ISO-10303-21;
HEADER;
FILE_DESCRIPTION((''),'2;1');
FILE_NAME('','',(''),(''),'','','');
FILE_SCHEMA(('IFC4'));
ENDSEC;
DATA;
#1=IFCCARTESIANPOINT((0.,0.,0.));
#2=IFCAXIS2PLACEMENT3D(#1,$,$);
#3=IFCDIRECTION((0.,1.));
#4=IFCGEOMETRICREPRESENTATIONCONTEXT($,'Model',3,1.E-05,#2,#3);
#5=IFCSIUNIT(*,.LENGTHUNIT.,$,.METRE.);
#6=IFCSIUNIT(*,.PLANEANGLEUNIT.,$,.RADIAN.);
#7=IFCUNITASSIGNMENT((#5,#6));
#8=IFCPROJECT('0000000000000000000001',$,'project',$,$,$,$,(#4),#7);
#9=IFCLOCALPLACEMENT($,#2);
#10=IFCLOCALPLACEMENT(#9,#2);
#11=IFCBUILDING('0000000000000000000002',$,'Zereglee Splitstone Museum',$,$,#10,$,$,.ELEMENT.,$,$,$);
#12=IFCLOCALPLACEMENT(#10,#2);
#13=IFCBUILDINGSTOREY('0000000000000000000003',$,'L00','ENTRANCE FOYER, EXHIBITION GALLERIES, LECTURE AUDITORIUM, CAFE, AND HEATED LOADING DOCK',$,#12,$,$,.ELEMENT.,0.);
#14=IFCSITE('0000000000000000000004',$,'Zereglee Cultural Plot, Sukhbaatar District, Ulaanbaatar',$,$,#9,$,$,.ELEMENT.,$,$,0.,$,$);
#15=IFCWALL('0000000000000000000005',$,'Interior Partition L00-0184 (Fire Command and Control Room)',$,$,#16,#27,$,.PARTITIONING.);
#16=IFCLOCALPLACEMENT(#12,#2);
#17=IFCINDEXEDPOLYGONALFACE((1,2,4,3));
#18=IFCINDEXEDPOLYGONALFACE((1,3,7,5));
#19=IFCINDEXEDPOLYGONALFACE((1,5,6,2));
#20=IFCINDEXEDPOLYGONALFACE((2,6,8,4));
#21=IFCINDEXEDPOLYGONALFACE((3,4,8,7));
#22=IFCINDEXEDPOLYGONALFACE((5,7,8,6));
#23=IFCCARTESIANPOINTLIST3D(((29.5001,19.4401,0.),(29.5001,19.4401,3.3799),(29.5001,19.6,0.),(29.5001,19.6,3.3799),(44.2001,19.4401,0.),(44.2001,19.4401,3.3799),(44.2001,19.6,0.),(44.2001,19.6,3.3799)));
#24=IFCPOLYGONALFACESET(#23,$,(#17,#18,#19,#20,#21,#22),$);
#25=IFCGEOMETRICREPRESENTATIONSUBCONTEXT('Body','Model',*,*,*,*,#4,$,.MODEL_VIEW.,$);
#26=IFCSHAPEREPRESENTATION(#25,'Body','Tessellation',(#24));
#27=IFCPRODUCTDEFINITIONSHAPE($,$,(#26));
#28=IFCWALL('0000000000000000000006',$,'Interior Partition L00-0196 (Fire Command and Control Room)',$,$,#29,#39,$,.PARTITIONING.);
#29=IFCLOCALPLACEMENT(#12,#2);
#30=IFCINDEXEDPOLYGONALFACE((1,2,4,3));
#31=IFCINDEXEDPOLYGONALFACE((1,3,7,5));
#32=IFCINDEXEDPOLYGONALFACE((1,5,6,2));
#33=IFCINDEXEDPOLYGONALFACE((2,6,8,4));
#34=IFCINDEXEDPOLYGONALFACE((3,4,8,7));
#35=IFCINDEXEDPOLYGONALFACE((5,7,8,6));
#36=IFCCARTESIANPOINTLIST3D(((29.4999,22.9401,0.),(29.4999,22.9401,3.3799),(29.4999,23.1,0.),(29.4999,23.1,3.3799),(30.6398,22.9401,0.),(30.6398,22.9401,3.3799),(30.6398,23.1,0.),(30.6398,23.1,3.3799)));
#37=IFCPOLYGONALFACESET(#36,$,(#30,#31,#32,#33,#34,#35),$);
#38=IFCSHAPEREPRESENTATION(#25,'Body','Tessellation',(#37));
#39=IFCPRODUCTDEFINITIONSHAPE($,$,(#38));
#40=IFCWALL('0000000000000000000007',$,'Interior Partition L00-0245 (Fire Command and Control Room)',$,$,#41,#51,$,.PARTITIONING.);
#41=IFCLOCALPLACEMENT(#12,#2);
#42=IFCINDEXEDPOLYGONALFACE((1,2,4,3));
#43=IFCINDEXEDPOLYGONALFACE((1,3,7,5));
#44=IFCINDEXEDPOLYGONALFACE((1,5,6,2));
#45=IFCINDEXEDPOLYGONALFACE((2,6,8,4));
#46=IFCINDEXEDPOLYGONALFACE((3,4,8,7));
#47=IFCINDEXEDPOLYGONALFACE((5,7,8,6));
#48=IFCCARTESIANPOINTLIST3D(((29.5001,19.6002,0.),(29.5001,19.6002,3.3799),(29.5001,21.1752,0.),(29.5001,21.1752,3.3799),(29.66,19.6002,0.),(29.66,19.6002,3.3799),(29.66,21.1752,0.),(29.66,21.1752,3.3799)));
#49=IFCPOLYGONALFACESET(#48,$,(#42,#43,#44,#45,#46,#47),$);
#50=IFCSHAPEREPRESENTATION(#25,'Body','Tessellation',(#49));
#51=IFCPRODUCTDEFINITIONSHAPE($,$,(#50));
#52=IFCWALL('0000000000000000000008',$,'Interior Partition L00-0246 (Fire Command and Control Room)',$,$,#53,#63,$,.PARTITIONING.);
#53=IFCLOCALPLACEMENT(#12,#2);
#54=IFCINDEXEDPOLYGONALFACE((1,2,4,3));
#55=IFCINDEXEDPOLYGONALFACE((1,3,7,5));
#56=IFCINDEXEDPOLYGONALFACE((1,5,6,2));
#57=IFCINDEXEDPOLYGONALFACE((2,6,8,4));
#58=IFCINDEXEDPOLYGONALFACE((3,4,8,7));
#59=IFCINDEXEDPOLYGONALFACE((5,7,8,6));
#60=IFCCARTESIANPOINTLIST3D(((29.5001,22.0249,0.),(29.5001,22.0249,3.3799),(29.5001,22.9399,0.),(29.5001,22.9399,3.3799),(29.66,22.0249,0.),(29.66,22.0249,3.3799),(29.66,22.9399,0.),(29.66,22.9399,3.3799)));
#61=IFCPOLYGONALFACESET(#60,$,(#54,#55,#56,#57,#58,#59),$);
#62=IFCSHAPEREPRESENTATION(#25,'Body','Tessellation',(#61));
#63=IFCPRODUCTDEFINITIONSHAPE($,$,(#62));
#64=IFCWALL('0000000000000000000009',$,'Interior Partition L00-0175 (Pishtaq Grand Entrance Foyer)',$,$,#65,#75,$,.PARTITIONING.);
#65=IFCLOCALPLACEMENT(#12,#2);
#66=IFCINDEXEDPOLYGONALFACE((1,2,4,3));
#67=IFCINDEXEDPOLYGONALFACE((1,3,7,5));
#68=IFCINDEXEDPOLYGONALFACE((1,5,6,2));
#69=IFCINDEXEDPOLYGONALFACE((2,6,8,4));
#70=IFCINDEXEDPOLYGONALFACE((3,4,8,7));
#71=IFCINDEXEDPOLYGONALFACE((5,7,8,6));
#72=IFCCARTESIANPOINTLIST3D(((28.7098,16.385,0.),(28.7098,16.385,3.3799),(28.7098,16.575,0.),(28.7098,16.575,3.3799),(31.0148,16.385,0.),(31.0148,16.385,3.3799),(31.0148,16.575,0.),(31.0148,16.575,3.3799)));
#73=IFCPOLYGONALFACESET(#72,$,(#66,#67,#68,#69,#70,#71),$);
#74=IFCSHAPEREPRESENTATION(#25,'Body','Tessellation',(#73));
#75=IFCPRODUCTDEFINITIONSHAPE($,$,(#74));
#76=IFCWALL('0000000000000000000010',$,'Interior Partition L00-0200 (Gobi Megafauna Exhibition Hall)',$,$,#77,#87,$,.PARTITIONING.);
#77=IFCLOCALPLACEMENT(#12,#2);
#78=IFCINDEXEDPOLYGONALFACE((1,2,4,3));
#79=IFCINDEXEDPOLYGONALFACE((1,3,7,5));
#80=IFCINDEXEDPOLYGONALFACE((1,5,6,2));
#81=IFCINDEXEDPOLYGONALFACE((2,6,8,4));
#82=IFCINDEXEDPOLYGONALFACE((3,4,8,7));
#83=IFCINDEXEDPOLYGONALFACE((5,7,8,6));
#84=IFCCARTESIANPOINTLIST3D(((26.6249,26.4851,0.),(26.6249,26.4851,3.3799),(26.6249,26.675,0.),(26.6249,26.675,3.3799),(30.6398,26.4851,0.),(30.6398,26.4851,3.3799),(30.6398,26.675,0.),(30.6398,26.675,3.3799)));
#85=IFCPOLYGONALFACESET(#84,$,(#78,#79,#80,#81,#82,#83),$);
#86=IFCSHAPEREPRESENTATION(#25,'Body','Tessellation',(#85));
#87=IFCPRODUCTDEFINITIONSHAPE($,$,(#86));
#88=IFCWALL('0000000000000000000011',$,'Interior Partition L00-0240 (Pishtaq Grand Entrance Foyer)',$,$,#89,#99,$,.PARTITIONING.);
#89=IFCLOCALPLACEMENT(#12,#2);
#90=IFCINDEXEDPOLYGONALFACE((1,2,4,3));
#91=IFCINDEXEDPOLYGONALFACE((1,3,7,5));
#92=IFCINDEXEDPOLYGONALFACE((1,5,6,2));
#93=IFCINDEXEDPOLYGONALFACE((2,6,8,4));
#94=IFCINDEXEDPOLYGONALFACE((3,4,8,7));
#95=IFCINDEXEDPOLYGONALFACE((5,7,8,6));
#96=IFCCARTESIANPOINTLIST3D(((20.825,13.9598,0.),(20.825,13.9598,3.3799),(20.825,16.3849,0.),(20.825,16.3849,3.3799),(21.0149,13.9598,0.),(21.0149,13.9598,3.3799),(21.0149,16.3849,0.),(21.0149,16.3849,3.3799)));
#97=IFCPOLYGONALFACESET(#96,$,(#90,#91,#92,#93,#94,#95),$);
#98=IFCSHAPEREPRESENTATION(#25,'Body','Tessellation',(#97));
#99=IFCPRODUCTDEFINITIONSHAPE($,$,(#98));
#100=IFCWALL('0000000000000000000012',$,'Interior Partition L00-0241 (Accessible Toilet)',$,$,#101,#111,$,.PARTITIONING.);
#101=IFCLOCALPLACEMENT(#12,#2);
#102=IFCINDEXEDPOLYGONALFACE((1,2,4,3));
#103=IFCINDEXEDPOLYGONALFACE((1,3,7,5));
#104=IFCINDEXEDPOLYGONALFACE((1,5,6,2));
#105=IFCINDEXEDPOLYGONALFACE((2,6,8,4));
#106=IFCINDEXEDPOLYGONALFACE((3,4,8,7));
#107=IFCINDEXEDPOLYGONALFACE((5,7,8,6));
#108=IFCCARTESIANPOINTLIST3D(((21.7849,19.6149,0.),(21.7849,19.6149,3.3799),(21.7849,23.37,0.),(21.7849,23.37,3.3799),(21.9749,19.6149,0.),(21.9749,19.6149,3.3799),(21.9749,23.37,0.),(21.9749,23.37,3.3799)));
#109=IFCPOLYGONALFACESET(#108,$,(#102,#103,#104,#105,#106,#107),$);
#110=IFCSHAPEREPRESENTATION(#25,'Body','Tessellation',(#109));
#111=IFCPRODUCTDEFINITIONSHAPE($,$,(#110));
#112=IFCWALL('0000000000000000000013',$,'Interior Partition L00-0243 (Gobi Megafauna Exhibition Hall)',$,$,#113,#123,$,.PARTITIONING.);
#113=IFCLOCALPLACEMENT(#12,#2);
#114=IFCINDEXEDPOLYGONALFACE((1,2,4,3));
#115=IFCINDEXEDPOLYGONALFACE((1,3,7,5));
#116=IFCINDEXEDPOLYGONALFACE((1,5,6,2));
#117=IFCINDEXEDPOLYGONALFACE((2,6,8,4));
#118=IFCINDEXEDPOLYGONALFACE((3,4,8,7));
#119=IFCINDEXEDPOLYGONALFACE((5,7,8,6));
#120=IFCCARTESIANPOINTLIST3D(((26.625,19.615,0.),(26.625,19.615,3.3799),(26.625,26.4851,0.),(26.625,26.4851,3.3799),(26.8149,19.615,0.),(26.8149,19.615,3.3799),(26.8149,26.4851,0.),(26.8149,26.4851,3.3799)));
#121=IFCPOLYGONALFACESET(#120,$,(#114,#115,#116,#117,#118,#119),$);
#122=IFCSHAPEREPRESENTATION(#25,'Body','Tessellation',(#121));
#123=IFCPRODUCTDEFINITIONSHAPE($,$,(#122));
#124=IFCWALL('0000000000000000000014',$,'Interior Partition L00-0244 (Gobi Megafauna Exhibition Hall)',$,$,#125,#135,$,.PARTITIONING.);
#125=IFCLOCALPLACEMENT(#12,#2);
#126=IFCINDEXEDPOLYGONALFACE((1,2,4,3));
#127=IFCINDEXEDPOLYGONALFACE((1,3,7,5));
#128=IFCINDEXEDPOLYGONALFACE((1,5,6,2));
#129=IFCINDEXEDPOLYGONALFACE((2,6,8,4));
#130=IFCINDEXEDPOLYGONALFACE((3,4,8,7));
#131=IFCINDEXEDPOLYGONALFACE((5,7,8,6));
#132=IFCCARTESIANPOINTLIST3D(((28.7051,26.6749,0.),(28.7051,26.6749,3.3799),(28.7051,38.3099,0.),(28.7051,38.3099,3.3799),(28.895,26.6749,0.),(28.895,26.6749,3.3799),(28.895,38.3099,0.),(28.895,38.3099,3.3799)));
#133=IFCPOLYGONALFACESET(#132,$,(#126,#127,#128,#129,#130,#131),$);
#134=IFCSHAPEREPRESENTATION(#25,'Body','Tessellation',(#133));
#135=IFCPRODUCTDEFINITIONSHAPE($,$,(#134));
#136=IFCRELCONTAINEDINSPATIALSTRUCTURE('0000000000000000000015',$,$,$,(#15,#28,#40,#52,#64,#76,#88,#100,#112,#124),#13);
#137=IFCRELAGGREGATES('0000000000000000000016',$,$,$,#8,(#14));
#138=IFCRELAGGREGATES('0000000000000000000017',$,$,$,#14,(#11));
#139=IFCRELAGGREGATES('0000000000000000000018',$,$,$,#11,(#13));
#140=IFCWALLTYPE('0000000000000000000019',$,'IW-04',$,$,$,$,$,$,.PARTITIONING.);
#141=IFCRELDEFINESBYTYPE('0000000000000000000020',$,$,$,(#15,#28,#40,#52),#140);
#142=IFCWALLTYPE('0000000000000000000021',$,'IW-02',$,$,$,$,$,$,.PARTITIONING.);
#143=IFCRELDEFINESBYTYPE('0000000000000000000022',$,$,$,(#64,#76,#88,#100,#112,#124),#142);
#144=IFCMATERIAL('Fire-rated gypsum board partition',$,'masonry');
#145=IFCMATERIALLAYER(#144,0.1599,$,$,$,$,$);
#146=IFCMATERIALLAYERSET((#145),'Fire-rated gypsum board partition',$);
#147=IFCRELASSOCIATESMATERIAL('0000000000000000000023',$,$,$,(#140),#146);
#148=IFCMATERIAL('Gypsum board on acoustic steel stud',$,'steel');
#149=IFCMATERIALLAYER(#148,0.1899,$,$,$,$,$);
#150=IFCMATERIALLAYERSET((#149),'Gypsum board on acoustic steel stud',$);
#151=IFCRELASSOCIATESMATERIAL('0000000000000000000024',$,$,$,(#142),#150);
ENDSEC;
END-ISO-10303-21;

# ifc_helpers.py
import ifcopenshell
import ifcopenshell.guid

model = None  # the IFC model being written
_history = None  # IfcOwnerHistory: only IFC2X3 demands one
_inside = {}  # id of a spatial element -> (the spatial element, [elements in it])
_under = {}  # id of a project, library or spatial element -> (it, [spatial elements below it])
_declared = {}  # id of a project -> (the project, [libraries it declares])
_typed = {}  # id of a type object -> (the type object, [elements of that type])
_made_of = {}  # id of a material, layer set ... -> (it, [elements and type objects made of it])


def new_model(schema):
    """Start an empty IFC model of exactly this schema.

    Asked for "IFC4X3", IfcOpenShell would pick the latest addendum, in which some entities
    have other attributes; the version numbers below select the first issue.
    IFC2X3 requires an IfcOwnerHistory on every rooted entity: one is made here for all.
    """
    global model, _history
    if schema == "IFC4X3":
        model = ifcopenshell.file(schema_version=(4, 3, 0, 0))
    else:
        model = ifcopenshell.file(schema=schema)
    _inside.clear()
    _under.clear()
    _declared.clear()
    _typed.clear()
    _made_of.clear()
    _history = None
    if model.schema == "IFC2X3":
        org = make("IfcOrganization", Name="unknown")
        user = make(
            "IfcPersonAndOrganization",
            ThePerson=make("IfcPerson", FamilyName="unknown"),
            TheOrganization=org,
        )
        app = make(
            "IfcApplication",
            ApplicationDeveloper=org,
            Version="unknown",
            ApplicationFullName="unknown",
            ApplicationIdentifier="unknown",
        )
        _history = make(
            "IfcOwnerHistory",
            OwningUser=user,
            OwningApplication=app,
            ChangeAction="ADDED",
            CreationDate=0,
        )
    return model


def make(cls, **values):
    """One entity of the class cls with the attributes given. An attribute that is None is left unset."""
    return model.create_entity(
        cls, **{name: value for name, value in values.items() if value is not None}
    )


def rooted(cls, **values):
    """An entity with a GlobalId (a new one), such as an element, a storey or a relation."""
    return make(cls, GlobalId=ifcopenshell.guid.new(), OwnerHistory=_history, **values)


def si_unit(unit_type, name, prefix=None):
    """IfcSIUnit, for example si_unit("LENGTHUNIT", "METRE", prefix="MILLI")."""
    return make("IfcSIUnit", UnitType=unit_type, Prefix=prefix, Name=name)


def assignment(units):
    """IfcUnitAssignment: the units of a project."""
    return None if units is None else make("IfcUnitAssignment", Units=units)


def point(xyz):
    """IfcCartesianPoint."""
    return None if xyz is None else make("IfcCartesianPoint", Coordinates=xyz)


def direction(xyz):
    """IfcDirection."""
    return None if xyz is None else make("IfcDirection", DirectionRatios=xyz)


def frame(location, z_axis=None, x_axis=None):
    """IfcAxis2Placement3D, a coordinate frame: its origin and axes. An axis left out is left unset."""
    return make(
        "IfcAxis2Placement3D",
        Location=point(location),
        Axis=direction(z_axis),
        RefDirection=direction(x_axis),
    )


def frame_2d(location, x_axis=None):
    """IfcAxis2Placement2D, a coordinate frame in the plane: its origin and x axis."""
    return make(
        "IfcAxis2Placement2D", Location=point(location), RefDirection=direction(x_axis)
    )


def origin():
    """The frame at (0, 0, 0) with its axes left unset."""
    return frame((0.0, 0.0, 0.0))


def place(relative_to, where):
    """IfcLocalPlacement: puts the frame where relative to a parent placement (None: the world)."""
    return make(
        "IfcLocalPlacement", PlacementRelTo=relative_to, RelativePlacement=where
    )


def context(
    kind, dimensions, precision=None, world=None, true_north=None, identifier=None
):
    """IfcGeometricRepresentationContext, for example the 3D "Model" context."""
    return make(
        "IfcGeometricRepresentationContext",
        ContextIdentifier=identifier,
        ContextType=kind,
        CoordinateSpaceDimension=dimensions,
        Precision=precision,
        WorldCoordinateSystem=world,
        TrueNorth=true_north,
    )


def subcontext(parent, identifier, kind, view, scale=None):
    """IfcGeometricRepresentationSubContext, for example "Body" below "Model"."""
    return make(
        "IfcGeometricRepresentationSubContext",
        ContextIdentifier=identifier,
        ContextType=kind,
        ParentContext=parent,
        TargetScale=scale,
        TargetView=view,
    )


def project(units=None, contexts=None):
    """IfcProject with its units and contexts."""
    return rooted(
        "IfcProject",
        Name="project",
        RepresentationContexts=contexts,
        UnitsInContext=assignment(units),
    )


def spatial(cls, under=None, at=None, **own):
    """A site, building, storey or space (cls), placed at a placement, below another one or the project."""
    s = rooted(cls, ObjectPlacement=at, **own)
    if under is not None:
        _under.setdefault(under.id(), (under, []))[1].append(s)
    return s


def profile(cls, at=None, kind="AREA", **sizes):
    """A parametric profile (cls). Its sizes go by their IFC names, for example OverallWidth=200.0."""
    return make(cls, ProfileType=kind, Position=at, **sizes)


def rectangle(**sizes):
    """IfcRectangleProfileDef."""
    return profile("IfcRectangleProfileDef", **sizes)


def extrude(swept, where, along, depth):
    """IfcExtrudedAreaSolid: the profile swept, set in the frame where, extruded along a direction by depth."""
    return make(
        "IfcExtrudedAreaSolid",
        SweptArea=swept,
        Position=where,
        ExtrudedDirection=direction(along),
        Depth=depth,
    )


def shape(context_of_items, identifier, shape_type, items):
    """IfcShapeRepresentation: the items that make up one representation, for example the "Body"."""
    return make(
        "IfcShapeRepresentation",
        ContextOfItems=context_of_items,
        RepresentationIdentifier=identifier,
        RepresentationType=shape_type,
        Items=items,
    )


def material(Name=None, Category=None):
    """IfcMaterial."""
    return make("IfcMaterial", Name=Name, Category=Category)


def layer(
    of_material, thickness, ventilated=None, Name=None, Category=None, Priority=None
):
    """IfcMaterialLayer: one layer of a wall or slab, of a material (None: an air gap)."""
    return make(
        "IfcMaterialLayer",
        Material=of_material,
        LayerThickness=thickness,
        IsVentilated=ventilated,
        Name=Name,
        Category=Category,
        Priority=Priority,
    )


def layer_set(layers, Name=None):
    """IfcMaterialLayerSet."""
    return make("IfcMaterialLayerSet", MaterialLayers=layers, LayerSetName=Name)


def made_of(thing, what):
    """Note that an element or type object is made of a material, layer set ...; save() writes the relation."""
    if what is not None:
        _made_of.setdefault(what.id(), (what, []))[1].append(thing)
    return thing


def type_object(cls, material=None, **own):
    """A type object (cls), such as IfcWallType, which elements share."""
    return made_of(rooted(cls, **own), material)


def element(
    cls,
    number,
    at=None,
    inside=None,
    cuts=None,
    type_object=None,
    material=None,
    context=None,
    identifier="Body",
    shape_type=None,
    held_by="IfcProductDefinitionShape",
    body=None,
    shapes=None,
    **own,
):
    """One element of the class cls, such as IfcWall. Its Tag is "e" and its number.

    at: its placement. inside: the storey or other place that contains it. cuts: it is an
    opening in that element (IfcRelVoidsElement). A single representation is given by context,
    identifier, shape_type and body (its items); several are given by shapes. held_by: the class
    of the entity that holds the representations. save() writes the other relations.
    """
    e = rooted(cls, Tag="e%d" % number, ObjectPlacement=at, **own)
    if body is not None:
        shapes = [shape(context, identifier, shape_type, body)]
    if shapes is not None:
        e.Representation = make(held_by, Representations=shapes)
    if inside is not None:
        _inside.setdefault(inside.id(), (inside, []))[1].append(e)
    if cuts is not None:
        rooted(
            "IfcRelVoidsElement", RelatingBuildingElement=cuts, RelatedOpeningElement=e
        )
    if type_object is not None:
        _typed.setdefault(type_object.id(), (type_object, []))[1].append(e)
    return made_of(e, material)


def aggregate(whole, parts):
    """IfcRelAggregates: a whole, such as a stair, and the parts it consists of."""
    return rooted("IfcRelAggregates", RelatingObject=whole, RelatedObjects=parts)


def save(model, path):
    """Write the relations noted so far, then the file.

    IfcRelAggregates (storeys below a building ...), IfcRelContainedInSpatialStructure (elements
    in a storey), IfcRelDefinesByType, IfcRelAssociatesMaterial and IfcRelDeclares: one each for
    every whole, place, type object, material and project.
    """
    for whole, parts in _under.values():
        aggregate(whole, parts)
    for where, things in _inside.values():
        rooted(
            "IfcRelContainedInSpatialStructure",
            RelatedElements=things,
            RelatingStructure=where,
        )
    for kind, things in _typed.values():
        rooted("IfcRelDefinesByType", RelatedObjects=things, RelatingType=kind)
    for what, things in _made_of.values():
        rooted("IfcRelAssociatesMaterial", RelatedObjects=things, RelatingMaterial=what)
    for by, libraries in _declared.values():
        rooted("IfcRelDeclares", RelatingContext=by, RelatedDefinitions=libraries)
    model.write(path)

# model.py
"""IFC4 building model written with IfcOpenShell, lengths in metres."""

from ifc_helpers import new_model, si_unit, direction, frame, frame_2d, origin, place, context, subcontext, project, spatial, rectangle, extrude, material, layer, layer_set, type_object, element, save


model = new_model("IFC4")

# Units and contexts
model_context = context("Model", 3, precision=1e-05, world=origin(), true_north=direction((0.0, 1.0)))
body_context = subcontext(model_context, "Body", "Model", "MODEL_VIEW")
ifc_project = project(units=[si_unit("LENGTHUNIT", "METRE"), si_unit("PLANEANGLEUNIT", "RADIAN")], contexts=[model_context])

# Site, building, storey
site_placement = place(None, origin())
site = spatial("IfcSite", under=ifc_project, at=site_placement, Name="Zereglee Cultural Plot, Sukhbaatar District, Ulaanbaatar", CompositionType="ELEMENT", RefElevation=0.0)
building_placement = place(site_placement, origin())
building = spatial("IfcBuilding", under=site, at=building_placement, Name="Zereglee Splitstone Museum", CompositionType="ELEMENT")
storey_placement = place(building_placement, origin())
storey = spatial("IfcBuildingStorey", under=building, at=storey_placement, Name="L00", Description="ENTRANCE FOYER, EXHIBITION GALLERIES, LECTURE AUDITORIUM, CAFE, AND HEATED LOADING DOCK", CompositionType="ELEMENT", Elevation=0.0)

# Walls
ifc_material_1 = material(Name="Fire-rated gypsum board partition", Category="masonry")
ifc_layer_1 = layer(ifc_material_1, 0.1599)
ifc_layer_set_1 = layer_set([ifc_layer_1], Name="Fire-rated gypsum board partition")
wall_type_1 = type_object("IfcWallType", Name="IW-04", PredefinedType="PARTITIONING", material=ifc_layer_set_1)
wall_1_placement = place(storey_placement, frame((29.5, 19.52, 0.0), z_axis=(0.0, 0.0, 1.0), x_axis=(1.0, 0.0, 0.0)))
element("IfcWall", 1, at=wall_1_placement, inside=storey, type_object=wall_type_1, Name="Interior Partition L00-0184 (Fire Command and Control Room)", PredefinedType="PARTITIONING", context=body_context, shape_type="SweptSolid", body=[
    extrude(rectangle(XDim=14.7, YDim=0.1599, at=frame_2d((7.3501, 0.0))), origin(), (0.0, 0.0, 1.0), 3.3799),
])
wall_2_placement = place(storey_placement, frame((29.5, 23.02, 0.0), z_axis=(0.0, 0.0, 1.0), x_axis=(1.0, 0.0, 0.0)))
element("IfcWall", 2, at=wall_2_placement, inside=storey, type_object=wall_type_1, Name="Interior Partition L00-0196 (Fire Command and Control Room)", PredefinedType="PARTITIONING", context=body_context, shape_type="SweptSolid", body=[
    extrude(rectangle(XDim=1.1399, YDim=0.1599, at=frame_2d((0.5698, 0.0))), origin(), (0.0, 0.0, 1.0), 3.3799),
])
wall_3_placement = place(storey_placement, frame((29.5801, 19.6001, 0.0), z_axis=(0.0, 0.0, 1.0), x_axis=(0.0, 1.0, 0.0)))
element("IfcWall", 3, at=wall_3_placement, inside=storey, type_object=wall_type_1, Name="Interior Partition L00-0245 (Fire Command and Control Room)", PredefinedType="PARTITIONING", context=body_context, shape_type="SweptSolid", body=[
    extrude(rectangle(XDim=1.575, YDim=0.1599, at=frame_2d((0.7876, 0.0))), origin(), (0.0, 0.0, 1.0), 3.3799),
])
wall_4_placement = place(storey_placement, frame((29.5801, 22.0249, 0.0), z_axis=(0.0, 0.0, 1.0), x_axis=(0.0, 1.0, 0.0)))
element("IfcWall", 4, at=wall_4_placement, inside=storey, type_object=wall_type_1, Name="Interior Partition L00-0246 (Fire Command and Control Room)", PredefinedType="PARTITIONING", context=body_context, shape_type="SweptSolid", body=[
    extrude(rectangle(XDim=0.915, YDim=0.1599, at=frame_2d((0.4575, 0.0))), origin(), (0.0, 0.0, 1.0), 3.3799),
])

# Walls
ifc_material_2 = material(Name="Gypsum board on acoustic steel stud", Category="steel")
ifc_layer_2 = layer(ifc_material_2, 0.1899)
ifc_layer_set_2 = layer_set([ifc_layer_2], Name="Gypsum board on acoustic steel stud")
wall_type_2 = type_object("IfcWallType", Name="IW-02", PredefinedType="PARTITIONING", material=ifc_layer_set_2)
wall_5_placement = place(storey_placement, frame((28.71, 16.48, 0.0), z_axis=(0.0, 0.0, 1.0), x_axis=(1.0, 0.0, 0.0)))
element("IfcWall", 5, at=wall_5_placement, inside=storey, type_object=wall_type_2, Name="Interior Partition L00-0175 (Pishtaq Grand Entrance Foyer)", PredefinedType="PARTITIONING", context=body_context, shape_type="SweptSolid", body=[
    extrude(rectangle(XDim=2.3049, YDim=0.1899, at=frame_2d((1.1523, 0.0))), origin(), (0.0, 0.0, 1.0), 3.3799),
])
wall_6_placement = place(storey_placement, frame((26.625, 26.5801, 0.0), z_axis=(0.0, 0.0, 1.0), x_axis=(1.0, 0.0, 0.0)))
element("IfcWall", 6, at=wall_6_placement, inside=storey, type_object=wall_type_2, Name="Interior Partition L00-0200 (Gobi Megafauna Exhibition Hall)", PredefinedType="PARTITIONING", context=body_context, shape_type="SweptSolid", body=[
    extrude(rectangle(XDim=4.0149, YDim=0.1899, at=frame_2d((2.0073, 0.0))), origin(), (0.0, 0.0, 1.0), 3.3799),
])
wall_7_placement = place(storey_placement, frame((20.9199, 13.96, 0.0), z_axis=(0.0, 0.0, 1.0), x_axis=(0.0, 1.0, 0.0)))
element("IfcWall", 7, at=wall_7_placement, inside=storey, type_object=wall_type_2, Name="Interior Partition L00-0240 (Pishtaq Grand Entrance Foyer)", PredefinedType="PARTITIONING", context=body_context, shape_type="SweptSolid", body=[
    extrude(rectangle(XDim=2.425, YDim=0.1899, at=frame_2d((1.2124, 0.0))), origin(), (0.0, 0.0, 1.0), 3.3799),
])
wall_8_placement = place(storey_placement, frame((21.8799, 19.615, 0.0), z_axis=(0.0, 0.0, 1.0), x_axis=(0.0, 1.0, 0.0)))
element("IfcWall", 8, at=wall_8_placement, inside=storey, type_object=wall_type_2, Name="Interior Partition L00-0241 (Accessible Toilet)", PredefinedType="PARTITIONING", context=body_context, shape_type="SweptSolid", body=[
    extrude(rectangle(XDim=3.7551, YDim=0.1899, at=frame_2d((1.8774, 0.0))), origin(), (0.0, 0.0, 1.0), 3.3799),
])
wall_9_placement = place(storey_placement, frame((26.72, 19.615, 0.0), z_axis=(0.0, 0.0, 1.0), x_axis=(0.0, 1.0, 0.0)))
element("IfcWall", 9, at=wall_9_placement, inside=storey, type_object=wall_type_2, Name="Interior Partition L00-0243 (Gobi Megafauna Exhibition Hall)", PredefinedType="PARTITIONING", context=body_context, shape_type="SweptSolid", body=[
    extrude(rectangle(XDim=6.8701, YDim=0.1899, at=frame_2d((3.4351, 0.0))), origin(), (0.0, 0.0, 1.0), 3.3799),
])
wall_10_placement = place(storey_placement, frame((28.8, 26.675, 0.0), z_axis=(0.0, 0.0, 1.0), x_axis=(0.0, 1.0, 0.0)))
element("IfcWall", 10, at=wall_10_placement, inside=storey, type_object=wall_type_2, Name="Interior Partition L00-0244 (Gobi Megafauna Exhibition Hall)", PredefinedType="PARTITIONING", context=body_context, shape_type="SweptSolid", body=[
    extrude(rectangle(XDim=11.635, YDim=0.1899, at=frame_2d((5.8174, 0.0))), origin(), (0.0, 0.0, 1.0), 3.3799),
])

save(model, "model.ifc")
